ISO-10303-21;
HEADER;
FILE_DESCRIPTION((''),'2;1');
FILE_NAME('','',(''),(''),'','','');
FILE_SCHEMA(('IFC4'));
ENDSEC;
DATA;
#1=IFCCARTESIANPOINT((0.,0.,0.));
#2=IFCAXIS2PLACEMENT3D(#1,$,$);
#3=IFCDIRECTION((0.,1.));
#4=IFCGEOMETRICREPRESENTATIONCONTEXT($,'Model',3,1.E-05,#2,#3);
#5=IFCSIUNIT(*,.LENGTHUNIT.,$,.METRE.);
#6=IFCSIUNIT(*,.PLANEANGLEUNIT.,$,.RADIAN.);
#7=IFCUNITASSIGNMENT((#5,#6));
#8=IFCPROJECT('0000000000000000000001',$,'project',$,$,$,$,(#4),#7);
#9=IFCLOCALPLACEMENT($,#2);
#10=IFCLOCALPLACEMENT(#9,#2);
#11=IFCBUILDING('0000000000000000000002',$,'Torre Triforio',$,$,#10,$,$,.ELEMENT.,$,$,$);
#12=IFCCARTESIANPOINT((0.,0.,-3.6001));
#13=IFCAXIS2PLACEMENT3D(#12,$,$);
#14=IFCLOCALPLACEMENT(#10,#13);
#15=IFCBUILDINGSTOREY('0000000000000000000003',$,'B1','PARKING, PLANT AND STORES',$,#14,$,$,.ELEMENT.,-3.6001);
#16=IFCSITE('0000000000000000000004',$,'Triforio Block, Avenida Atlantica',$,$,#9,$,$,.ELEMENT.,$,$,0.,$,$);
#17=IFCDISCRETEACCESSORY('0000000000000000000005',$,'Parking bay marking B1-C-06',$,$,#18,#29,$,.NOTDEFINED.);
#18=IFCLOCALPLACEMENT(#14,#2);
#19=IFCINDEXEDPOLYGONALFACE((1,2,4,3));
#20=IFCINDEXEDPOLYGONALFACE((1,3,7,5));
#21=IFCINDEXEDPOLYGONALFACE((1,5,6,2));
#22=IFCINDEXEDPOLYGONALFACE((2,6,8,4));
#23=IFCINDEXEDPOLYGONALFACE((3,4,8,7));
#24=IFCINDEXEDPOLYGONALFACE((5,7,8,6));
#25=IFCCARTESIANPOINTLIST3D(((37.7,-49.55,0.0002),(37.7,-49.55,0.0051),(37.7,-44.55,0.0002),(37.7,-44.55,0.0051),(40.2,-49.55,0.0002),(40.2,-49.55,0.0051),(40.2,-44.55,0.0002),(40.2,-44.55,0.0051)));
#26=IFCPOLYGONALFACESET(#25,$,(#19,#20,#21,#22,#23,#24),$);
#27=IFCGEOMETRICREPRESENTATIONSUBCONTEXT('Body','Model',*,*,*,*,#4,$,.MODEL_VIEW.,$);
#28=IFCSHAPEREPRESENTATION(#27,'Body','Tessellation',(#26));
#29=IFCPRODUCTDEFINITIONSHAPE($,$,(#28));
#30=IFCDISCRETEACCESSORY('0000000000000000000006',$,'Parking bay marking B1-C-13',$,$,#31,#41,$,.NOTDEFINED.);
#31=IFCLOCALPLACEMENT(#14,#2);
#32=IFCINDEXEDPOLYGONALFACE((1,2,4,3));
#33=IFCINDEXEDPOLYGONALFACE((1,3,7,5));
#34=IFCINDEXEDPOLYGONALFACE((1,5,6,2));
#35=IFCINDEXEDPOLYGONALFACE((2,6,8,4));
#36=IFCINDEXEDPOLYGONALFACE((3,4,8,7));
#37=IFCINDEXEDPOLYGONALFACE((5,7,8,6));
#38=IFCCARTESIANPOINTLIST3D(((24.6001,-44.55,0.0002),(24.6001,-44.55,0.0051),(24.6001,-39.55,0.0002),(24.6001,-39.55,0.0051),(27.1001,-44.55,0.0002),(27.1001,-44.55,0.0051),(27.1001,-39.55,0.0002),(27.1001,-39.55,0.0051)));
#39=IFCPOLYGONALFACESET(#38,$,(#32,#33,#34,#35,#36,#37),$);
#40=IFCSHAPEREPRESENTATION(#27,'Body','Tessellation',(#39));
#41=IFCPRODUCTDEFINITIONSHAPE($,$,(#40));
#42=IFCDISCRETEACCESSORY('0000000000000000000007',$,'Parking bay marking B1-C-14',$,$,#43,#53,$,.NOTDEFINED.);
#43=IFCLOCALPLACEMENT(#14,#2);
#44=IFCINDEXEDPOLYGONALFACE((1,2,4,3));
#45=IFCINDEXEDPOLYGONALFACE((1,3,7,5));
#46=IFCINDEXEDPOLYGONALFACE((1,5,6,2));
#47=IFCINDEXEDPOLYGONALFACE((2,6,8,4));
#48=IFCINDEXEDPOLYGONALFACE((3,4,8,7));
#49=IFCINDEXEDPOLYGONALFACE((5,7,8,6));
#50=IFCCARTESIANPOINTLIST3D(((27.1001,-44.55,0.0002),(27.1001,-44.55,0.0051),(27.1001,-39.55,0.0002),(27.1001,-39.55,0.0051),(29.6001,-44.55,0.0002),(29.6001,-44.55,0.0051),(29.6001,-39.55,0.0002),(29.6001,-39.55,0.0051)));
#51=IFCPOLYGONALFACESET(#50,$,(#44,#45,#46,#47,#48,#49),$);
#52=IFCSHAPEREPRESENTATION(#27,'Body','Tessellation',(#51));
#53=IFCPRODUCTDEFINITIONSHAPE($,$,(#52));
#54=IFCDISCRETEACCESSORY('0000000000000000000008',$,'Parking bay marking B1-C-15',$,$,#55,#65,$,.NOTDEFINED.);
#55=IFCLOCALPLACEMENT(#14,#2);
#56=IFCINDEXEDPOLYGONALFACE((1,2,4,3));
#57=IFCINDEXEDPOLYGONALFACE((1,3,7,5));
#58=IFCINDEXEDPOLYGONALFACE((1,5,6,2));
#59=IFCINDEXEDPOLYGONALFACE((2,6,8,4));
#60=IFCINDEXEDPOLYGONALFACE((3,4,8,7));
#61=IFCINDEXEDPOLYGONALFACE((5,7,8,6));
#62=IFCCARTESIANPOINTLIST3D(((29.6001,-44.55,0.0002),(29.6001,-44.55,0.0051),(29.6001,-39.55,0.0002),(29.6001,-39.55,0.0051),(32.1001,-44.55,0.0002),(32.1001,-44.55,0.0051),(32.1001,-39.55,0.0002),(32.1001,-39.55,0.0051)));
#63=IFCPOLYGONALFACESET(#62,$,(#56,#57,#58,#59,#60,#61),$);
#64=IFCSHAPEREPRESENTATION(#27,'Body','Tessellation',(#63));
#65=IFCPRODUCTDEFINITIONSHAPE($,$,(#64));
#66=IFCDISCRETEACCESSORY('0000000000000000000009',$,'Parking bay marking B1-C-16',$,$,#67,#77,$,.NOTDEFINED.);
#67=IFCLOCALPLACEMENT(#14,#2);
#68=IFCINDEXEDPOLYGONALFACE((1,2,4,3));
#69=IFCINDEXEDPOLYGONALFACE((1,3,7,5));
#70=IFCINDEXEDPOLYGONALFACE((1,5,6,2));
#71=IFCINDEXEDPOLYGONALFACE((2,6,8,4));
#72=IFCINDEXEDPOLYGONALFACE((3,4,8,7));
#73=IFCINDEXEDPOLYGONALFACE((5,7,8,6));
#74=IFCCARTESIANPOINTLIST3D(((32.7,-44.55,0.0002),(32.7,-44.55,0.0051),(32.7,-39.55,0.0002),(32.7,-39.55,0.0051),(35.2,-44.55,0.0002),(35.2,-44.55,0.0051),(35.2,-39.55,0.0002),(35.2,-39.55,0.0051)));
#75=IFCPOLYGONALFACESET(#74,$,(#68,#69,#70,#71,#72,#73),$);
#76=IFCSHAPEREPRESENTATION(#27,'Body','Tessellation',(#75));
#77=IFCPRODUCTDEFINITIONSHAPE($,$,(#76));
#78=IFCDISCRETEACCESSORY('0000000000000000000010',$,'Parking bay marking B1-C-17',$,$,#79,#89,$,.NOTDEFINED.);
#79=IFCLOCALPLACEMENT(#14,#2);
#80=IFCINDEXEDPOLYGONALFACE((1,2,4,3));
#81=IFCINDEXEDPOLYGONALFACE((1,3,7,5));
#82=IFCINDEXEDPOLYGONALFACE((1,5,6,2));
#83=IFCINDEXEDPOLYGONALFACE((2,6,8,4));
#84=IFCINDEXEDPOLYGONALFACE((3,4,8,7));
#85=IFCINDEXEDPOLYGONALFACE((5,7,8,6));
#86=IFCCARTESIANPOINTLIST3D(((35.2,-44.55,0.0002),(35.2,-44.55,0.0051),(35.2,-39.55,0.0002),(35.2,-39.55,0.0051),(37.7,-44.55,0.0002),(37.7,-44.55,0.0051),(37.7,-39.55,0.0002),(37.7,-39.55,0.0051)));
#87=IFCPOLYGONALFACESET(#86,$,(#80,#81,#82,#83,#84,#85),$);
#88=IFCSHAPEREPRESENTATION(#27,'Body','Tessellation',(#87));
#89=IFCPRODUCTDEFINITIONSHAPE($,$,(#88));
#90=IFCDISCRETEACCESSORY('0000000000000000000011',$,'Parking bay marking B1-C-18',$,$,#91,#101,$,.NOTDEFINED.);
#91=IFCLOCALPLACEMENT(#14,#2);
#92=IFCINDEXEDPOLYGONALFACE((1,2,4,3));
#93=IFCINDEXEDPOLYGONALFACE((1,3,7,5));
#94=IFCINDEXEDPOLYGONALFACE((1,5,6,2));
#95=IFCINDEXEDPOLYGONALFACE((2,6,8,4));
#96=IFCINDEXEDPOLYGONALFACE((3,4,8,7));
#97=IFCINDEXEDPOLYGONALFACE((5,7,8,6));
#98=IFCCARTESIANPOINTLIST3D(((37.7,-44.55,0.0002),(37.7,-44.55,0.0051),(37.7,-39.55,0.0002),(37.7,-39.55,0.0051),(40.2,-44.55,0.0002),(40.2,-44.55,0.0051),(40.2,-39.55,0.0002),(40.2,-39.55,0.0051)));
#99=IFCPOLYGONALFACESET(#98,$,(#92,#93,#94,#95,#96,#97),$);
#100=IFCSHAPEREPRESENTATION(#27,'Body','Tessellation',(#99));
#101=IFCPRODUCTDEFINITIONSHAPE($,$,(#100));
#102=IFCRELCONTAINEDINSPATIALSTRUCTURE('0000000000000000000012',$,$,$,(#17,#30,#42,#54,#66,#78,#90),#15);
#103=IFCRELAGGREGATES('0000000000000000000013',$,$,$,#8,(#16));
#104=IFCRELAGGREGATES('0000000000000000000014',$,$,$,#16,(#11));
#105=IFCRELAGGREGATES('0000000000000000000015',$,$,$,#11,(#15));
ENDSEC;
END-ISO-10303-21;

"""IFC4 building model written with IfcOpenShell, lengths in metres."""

from ifc_helpers import new_model, si_unit, direction, frame, origin, origin_2d, place, context, subcontext, project, spatial, rectangle, extrude, element, save


model = new_model("IFC4")

# Units and contexts
model_context = context("Model", 3, precision=1e-05, world=origin(), true_north=direction((0.0, 1.0)))
body_context = subcontext(model_context, "Body", "Model", "MODEL_VIEW")
ifc_project = project(units=[si_unit("LENGTHUNIT", "METRE"), si_unit("PLANEANGLEUNIT", "RADIAN")], contexts=[model_context])

# Site, building, storey
site_placement = place(None, origin())
site = spatial("IfcSite", under=ifc_project, at=site_placement, Name="Triforio Block, Avenida Atlantica", CompositionType="ELEMENT", RefElevation=0.0)
building_placement = place(site_placement, origin())
building = spatial("IfcBuilding", under=site, at=building_placement, Name="Torre Triforio", CompositionType="ELEMENT")
storey_placement = place(building_placement, frame((0.0, 0.0, -3.6001)))
storey = spatial("IfcBuildingStorey", under=building, at=storey_placement, Name="B1", Description="PARKING, PLANT AND STORES", CompositionType="ELEMENT", Elevation=-3.6001)

# Discrete accessories
for number, where, z_axis, x_axis, name in (
    (1, (38.95, -47.05, 0.0002), (0.0, 0.0, 1.0), (1.0, 0.0, 0.0), "Parking bay marking B1-C-06"),
    (2, (25.8501, -42.05, 0.0002), (0.0, 0.0, 1.0), (1.0, 0.0, 0.0), "Parking bay marking B1-C-13"),
    (3, (28.3501, -42.05, 0.0002), (0.0, 0.0, 1.0), (1.0, 0.0, 0.0), "Parking bay marking B1-C-14"),
    (4, (30.8501, -42.05, 0.0002), (0.0, 0.0, 1.0), (1.0, 0.0, 0.0), "Parking bay marking B1-C-15"),
    (5, (33.95, -42.05, 0.0002), (0.0, 0.0, 1.0), (1.0, 0.0, 0.0), "Parking bay marking B1-C-16"),
    (6, (36.45, -42.05, 0.0002), (0.0, 0.0, 1.0), (1.0, 0.0, 0.0), "Parking bay marking B1-C-17"),
    (7, (38.95, -42.05, 0.0002), (0.0, 0.0, 1.0), (1.0, 0.0, 0.0), "Parking bay marking B1-C-18"),
):
    element("IfcDiscreteAccessory", number, at=place(storey_placement, frame(where, z_axis=z_axis, x_axis=x_axis)), inside=storey, Name=name, PredefinedType="NOTDEFINED", context=body_context, shape_type="SweptSolid", body=[
        extrude(rectangle(XDim=2.5, YDim=5.0, at=origin_2d()), origin(), (0.0, 0.0, 1.0), 0.0049),
    ])

save(model, "model.ifc")
